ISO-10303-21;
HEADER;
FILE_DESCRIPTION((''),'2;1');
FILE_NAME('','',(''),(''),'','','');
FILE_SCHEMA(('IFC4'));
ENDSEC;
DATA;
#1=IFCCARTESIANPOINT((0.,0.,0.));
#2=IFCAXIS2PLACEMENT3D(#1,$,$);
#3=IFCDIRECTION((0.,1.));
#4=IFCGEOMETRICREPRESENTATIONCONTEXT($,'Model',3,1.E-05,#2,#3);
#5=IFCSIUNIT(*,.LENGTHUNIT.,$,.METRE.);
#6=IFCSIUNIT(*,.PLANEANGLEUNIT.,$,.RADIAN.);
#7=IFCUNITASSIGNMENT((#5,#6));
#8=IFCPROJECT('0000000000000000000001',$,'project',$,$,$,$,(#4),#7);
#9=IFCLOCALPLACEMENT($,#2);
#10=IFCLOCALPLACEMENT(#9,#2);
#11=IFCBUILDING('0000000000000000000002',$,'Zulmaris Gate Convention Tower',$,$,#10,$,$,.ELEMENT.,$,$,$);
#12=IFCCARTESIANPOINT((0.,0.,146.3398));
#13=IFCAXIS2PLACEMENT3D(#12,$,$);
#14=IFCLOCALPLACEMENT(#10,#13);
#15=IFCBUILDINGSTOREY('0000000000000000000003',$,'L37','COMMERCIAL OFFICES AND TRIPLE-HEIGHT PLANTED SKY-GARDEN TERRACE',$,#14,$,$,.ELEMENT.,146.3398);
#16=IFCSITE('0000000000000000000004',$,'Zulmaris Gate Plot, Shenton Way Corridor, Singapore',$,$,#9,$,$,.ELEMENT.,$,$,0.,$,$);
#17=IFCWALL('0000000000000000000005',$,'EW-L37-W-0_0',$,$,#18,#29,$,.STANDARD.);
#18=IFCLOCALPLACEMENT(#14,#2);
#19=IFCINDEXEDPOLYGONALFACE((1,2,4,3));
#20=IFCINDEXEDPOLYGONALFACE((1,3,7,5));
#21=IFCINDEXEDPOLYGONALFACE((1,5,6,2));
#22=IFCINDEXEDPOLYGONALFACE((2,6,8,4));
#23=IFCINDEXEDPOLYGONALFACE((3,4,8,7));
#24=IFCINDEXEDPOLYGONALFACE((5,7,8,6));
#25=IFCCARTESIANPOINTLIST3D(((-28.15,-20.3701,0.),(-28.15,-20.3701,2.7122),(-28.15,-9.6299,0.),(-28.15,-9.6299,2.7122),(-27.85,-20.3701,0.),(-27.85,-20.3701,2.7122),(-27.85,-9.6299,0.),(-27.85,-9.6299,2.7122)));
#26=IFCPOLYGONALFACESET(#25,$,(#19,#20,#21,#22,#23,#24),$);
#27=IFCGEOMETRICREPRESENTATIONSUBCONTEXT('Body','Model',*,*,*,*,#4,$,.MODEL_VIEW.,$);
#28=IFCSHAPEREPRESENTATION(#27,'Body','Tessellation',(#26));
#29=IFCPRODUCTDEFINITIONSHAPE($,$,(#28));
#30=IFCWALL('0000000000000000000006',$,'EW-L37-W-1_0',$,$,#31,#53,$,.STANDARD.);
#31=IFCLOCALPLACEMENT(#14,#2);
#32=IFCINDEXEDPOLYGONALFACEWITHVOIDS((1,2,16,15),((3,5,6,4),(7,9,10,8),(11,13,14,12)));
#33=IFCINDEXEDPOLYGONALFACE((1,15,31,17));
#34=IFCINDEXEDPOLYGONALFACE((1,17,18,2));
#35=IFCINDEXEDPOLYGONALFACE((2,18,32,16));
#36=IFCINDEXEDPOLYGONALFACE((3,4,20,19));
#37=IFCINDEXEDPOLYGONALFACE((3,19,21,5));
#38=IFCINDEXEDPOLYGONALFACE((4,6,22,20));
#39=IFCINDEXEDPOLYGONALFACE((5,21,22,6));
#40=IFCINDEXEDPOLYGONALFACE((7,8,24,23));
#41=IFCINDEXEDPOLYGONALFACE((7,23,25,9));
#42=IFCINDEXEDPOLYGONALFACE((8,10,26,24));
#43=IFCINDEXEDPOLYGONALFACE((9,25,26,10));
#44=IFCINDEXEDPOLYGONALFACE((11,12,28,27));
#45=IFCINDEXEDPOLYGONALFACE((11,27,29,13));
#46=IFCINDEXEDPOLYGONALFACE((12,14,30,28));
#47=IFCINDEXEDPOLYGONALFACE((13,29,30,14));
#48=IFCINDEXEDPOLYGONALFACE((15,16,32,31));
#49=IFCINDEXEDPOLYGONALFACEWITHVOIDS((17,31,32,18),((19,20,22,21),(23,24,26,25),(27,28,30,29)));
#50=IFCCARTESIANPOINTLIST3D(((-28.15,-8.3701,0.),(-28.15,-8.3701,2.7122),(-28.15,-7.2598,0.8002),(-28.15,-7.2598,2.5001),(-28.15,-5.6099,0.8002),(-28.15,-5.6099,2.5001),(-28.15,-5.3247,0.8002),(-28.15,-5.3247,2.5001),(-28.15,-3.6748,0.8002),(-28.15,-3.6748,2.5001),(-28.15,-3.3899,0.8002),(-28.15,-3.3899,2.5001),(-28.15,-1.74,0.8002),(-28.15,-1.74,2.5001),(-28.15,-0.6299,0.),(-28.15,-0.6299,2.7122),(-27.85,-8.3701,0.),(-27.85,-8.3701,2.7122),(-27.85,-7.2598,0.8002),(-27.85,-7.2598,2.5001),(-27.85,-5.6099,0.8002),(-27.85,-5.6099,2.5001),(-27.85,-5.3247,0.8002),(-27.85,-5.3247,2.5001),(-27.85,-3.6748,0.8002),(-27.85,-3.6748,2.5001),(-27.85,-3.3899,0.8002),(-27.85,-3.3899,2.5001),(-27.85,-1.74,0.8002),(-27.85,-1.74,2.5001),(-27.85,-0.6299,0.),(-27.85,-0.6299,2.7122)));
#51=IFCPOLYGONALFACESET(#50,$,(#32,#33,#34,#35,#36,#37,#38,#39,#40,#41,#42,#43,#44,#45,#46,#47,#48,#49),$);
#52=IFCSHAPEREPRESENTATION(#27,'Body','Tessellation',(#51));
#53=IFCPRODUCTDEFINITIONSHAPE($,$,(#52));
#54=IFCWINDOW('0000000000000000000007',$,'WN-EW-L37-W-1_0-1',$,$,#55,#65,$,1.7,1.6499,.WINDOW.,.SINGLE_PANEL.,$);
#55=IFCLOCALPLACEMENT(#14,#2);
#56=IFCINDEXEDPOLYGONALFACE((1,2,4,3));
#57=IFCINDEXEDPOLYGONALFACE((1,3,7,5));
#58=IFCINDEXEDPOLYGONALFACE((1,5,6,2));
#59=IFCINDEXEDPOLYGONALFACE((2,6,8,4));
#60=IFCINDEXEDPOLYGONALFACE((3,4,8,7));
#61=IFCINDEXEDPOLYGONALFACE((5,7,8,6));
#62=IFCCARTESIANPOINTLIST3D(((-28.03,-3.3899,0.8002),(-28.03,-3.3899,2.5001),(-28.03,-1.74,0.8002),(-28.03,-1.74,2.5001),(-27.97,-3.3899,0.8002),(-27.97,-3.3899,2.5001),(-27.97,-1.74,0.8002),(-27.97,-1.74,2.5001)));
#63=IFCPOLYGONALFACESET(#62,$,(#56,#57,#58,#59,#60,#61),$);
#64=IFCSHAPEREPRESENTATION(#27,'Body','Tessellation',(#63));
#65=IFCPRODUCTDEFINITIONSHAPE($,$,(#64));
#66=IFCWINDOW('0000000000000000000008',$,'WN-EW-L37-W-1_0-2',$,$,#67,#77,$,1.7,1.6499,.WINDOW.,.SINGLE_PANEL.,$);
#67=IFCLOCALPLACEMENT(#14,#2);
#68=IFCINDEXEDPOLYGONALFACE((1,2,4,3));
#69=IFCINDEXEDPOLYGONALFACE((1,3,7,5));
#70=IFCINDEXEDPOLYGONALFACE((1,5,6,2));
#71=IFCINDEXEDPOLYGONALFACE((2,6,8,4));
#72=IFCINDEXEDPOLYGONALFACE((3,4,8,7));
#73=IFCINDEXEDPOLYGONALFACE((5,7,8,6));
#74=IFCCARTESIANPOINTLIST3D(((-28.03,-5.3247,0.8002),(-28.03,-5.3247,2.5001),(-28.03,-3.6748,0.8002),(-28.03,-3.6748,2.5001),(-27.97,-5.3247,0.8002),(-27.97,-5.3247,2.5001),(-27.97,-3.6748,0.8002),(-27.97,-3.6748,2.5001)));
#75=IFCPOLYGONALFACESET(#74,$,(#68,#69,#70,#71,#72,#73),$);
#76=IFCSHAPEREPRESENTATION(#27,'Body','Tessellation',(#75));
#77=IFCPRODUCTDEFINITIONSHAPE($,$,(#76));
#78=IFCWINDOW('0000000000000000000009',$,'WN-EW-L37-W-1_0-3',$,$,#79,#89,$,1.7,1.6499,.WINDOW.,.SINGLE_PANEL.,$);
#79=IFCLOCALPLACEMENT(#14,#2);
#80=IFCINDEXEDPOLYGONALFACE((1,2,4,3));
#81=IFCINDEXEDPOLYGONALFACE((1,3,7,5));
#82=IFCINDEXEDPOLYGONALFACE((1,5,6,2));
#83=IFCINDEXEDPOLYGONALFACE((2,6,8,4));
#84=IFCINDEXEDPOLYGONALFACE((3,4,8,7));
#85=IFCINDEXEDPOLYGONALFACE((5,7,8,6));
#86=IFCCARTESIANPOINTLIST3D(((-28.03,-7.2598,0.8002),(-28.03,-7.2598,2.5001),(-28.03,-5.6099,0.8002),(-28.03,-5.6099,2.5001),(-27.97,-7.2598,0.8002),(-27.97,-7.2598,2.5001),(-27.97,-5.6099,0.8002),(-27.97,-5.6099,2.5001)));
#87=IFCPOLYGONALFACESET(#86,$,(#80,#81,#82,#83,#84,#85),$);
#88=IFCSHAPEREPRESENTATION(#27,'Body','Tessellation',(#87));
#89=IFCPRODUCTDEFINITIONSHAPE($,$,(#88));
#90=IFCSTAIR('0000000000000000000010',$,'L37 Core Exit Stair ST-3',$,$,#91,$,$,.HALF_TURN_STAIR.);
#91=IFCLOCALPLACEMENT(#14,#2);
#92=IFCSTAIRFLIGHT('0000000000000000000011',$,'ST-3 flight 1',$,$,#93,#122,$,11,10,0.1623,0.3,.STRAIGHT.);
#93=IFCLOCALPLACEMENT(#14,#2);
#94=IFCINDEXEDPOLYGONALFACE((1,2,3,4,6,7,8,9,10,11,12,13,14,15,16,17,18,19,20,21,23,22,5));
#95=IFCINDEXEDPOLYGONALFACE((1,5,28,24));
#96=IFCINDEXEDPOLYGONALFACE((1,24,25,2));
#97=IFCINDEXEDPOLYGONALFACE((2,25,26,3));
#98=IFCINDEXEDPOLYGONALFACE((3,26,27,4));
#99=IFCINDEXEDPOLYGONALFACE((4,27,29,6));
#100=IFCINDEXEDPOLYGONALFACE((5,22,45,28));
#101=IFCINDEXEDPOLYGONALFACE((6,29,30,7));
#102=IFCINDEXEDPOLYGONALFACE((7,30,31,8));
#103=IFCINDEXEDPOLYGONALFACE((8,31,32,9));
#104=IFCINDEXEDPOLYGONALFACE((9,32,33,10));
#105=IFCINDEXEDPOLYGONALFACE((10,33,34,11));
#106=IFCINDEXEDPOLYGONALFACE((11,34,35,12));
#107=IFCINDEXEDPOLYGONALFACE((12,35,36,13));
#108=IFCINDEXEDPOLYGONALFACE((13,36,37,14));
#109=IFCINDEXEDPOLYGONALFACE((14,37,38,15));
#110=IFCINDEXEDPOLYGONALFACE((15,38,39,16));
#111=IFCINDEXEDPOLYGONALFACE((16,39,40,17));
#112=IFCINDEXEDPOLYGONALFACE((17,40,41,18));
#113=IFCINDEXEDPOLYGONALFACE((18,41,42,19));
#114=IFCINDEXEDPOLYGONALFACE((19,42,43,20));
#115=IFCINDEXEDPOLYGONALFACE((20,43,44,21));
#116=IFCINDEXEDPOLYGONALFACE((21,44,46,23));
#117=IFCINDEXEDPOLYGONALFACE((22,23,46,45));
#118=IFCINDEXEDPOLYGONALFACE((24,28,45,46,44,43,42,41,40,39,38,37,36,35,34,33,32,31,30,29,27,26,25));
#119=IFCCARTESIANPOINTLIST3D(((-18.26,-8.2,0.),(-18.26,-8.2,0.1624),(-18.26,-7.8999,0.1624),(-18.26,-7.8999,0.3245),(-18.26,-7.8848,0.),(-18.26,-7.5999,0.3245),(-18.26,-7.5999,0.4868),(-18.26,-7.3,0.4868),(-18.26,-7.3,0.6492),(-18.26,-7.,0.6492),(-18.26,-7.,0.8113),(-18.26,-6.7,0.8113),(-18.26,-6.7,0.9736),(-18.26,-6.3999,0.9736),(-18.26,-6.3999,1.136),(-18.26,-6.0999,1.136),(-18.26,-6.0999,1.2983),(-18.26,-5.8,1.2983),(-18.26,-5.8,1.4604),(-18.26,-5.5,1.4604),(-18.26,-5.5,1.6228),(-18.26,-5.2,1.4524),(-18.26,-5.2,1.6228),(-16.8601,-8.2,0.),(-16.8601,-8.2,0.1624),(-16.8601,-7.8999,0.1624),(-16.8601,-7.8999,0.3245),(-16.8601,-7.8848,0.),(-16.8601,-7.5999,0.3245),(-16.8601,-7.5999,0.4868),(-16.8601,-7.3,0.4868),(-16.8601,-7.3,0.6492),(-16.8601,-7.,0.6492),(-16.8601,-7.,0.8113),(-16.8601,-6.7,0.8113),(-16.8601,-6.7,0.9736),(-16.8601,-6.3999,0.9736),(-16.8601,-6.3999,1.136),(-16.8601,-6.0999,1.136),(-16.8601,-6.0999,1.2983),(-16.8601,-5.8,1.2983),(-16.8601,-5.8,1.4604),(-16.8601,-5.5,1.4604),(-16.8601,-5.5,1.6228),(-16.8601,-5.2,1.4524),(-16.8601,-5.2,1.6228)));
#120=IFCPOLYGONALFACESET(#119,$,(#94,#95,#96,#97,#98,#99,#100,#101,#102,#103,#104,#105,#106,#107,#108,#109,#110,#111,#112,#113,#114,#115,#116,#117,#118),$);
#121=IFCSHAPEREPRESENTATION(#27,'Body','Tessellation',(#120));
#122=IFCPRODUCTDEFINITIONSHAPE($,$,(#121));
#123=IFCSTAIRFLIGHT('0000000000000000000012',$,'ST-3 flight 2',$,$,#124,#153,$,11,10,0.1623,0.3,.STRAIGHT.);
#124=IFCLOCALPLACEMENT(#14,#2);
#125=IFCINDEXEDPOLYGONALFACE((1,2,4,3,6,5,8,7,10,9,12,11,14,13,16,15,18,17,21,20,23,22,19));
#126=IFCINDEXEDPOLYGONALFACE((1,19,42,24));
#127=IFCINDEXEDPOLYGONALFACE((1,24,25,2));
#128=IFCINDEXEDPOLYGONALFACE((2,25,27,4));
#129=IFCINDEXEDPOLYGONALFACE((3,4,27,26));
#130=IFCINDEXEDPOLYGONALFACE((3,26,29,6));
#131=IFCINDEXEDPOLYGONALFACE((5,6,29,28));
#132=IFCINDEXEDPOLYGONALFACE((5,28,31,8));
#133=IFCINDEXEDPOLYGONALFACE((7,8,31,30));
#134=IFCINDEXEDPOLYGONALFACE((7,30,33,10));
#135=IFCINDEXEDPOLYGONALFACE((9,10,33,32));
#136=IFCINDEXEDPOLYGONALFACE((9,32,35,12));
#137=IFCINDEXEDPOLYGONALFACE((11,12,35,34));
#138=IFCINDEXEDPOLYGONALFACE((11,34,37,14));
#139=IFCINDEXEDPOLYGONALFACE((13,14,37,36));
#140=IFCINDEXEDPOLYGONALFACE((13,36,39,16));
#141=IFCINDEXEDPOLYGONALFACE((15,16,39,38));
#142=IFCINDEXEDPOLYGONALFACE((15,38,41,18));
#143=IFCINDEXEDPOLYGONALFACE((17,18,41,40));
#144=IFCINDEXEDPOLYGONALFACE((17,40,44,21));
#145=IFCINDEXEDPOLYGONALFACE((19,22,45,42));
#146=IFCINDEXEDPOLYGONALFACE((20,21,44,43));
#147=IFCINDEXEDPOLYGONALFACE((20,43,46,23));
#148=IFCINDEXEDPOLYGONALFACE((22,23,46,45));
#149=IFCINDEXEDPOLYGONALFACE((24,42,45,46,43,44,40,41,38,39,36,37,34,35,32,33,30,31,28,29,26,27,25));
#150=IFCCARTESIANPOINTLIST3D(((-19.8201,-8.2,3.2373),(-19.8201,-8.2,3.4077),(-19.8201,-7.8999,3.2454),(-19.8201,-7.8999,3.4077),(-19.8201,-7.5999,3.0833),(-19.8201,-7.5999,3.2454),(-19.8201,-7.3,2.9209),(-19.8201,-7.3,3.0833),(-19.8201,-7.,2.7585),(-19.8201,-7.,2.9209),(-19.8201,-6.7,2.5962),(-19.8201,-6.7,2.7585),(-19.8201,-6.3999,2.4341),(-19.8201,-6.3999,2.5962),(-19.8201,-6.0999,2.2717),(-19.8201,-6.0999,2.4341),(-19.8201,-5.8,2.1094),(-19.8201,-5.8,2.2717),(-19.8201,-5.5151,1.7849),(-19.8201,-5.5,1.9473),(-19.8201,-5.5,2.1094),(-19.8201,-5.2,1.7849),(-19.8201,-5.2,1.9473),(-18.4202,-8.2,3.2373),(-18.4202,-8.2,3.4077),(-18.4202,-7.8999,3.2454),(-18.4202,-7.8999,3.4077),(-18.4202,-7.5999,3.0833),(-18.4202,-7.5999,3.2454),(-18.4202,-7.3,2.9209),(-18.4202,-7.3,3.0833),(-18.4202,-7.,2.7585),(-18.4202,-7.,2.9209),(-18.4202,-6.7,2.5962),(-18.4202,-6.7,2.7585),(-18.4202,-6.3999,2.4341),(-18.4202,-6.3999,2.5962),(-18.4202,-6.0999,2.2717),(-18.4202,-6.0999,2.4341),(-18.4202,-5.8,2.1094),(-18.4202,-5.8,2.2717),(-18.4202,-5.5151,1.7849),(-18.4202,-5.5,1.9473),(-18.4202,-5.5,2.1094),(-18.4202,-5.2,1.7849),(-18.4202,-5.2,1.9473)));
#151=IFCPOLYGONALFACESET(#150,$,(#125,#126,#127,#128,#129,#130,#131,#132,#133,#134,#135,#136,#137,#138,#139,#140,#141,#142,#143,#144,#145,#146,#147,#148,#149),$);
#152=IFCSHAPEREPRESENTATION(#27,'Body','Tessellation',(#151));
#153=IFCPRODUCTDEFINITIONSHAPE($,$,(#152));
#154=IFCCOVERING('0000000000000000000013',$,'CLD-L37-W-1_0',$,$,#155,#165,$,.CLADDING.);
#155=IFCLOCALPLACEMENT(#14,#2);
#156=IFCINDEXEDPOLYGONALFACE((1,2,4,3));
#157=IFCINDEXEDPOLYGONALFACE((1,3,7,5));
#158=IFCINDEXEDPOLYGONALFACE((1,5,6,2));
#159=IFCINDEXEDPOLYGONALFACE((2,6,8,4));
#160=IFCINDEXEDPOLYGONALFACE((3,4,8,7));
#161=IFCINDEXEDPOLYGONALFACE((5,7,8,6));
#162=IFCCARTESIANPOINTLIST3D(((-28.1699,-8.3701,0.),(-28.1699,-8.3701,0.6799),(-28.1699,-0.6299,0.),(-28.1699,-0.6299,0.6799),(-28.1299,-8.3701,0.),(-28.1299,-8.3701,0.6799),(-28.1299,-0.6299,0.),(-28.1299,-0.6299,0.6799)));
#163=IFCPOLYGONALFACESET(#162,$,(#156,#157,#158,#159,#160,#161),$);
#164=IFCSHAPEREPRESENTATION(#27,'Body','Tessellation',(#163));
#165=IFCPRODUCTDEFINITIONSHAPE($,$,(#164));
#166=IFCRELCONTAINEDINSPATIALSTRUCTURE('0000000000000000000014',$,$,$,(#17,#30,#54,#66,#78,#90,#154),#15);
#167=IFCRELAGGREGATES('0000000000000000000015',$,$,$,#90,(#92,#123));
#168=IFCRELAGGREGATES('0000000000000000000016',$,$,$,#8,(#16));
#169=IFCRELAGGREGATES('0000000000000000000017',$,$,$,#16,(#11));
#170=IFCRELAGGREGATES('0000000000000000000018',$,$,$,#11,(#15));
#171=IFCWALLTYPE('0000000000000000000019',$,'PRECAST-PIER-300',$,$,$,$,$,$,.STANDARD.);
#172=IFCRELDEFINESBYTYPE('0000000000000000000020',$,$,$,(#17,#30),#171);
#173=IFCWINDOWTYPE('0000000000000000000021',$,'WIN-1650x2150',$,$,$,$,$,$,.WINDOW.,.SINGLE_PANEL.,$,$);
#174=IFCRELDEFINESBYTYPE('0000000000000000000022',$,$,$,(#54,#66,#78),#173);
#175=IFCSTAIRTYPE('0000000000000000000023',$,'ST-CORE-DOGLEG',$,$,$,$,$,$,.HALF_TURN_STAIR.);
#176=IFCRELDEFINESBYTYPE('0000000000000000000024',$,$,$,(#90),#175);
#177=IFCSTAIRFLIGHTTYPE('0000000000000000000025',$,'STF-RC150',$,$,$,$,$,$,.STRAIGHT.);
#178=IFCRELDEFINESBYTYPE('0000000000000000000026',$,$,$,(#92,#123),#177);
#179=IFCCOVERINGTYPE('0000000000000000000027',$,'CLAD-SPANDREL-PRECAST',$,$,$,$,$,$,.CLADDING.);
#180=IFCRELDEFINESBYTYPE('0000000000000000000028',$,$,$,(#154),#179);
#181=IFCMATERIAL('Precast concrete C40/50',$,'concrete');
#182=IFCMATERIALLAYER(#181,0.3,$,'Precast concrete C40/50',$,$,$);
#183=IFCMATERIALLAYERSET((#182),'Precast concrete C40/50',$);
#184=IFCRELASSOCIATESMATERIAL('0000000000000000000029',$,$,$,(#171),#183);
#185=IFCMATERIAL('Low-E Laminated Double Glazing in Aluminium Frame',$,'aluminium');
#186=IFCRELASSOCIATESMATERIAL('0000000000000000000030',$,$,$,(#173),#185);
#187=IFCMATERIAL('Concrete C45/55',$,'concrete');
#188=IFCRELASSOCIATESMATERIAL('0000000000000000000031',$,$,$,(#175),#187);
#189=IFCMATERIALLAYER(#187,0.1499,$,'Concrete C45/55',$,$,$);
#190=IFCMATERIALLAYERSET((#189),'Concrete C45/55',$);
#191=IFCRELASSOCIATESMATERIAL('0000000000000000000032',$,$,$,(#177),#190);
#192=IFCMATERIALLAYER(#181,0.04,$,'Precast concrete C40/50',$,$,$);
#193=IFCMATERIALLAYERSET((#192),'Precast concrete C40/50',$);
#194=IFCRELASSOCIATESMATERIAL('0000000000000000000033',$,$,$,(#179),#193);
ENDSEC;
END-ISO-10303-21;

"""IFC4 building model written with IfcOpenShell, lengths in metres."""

from ifc_helpers import new_model, si_unit, direction, frame, frame_2d, origin, place, context, subcontext, project, spatial, polyline, rectangle, outline, extrude, material, layer, layer_set, type_object, element, fill, aggregate, save


model = new_model("IFC4")

# Units and contexts
model_context = context("Model", 3, precision=1e-05, world=origin(), true_north=direction((0.0, 1.0)))
body_context = subcontext(model_context, "Body", "Model", "MODEL_VIEW")
ifc_project = project(units=[si_unit("LENGTHUNIT", "METRE"), si_unit("PLANEANGLEUNIT", "RADIAN")], contexts=[model_context])

# Site, building, storey
site_placement = place(None, origin())
site = spatial("IfcSite", under=ifc_project, at=site_placement, Name="Zulmaris Gate Plot, Shenton Way Corridor, Singapore", CompositionType="ELEMENT", RefElevation=0.0)
building_placement = place(site_placement, origin())
building = spatial("IfcBuilding", under=site, at=building_placement, Name="Zulmaris Gate Convention Tower", CompositionType="ELEMENT")
storey_placement = place(building_placement, frame((0.0, 0.0, 146.3398)))
storey = spatial("IfcBuildingStorey", under=building, at=storey_placement, Name="L37", Description="COMMERCIAL OFFICES AND TRIPLE-HEIGHT PLANTED SKY-GARDEN TERRACE", CompositionType="ELEMENT", Elevation=146.3398)

# Wall
ifc_material_1 = material(Name="Precast concrete C40/50", Category="concrete")
ifc_layer_1 = layer(ifc_material_1, 0.3, Name="Precast concrete C40/50")
ifc_layer_set_1 = layer_set([ifc_layer_1], Name="Precast concrete C40/50")
wall_type_1 = type_object("IfcWallType", Name="PRECAST-PIER-300", PredefinedType="STANDARD", material=ifc_layer_set_1)
wall_1_placement = place(storey_placement, frame((-28.0, -9.6299, 0.0), z_axis=(0.0, 0.0, 1.0), x_axis=(0.0, -1.0, 0.0)))
element("IfcWall", 1, at=wall_1_placement, inside=storey, type_object=wall_type_1, Name="EW-L37-W-0_0", PredefinedType="STANDARD", context=body_context, shape_type="SweptSolid", body=[
    extrude(rectangle(XDim=10.7402, YDim=0.3, at=frame_2d((5.3701, 0.0))), origin(), (0.0, 0.0, 1.0), 2.7122),
])

# Wall, openings, windows
wall_2_placement = place(storey_placement, frame((-28.0, -0.6299, 0.0), z_axis=(0.0, 0.0, 1.0), x_axis=(0.0, -1.0, 0.0)))
wall_2 = element("IfcWall", 2, at=wall_2_placement, inside=storey, type_object=wall_type_1, Name="EW-L37-W-1_0", PredefinedType="STANDARD", context=body_context, shape_type="SweptSolid", body=[
    extrude(rectangle(XDim=7.7402, YDim=0.3, at=frame_2d((3.8701, 0.0))), origin(), (0.0, 0.0, 1.0), 2.7122),
])
opening_1_placement = place(wall_2_placement, frame((1.1101, 0.0, 0.8)))
opening_1 = element("IfcOpeningElement", 3, at=opening_1_placement, cuts=wall_2, PredefinedType="OPENING", context=body_context, shape_type="SweptSolid", body=[
    extrude(rectangle(XDim=1.6499, YDim=1.7, at=frame_2d((0.825, 0.8501))), frame((0.0, 0.1602, 0.0), z_axis=(0.0, -1.0, 0.0), x_axis=(1.0, 0.0, 0.0)), (0.0, 0.0, 1.0), 0.3201),
])
opening_2_placement = place(wall_2_placement, frame((3.0449, 0.0, 0.8)))
opening_2 = element("IfcOpeningElement", 4, at=opening_2_placement, cuts=wall_2, PredefinedType="OPENING", context=body_context, shape_type="SweptSolid", body=[
    extrude(rectangle(XDim=1.6499, YDim=1.7, at=frame_2d((0.825, 0.8501))), frame((0.0, 0.1602, 0.0), z_axis=(0.0, -1.0, 0.0), x_axis=(1.0, 0.0, 0.0)), (0.0, 0.0, 1.0), 0.3201),
])
opening_3_placement = place(wall_2_placement, frame((4.98, 0.0, 0.8)))
opening_3 = element("IfcOpeningElement", 5, at=opening_3_placement, cuts=wall_2, PredefinedType="OPENING", context=body_context, shape_type="SweptSolid", body=[
    extrude(rectangle(XDim=1.6499, YDim=1.7, at=frame_2d((0.825, 0.8501))), frame((0.0, 0.1602, 0.0), z_axis=(0.0, -1.0, 0.0), x_axis=(1.0, 0.0, 0.0)), (0.0, 0.0, 1.0), 0.3201),
])
ifc_material_2 = material(Name="Low-E Laminated Double Glazing in Aluminium Frame", Category="aluminium")
window_type = type_object("IfcWindowType", Name="WIN-1650x2150", PartitioningType="SINGLE_PANEL", PredefinedType="WINDOW", material=ifc_material_2)
window_1_placement = place(opening_1_placement, origin())
window_1 = element("IfcWindow", 6, at=window_1_placement, inside=storey, type_object=window_type, Name="WN-EW-L37-W-1_0-1", OverallHeight=1.7, OverallWidth=1.6499, PartitioningType="SINGLE_PANEL", PredefinedType="WINDOW", context=body_context, shape_type="SweptSolid", body=[
    extrude(rectangle(XDim=1.6499, YDim=1.7, at=frame_2d((0.825, 0.8501))), frame((0.0, 0.03, 0.0), z_axis=(0.0, -1.0, 0.0), x_axis=(1.0, 0.0, 0.0)), (0.0, 0.0, 1.0), 0.0601),
])
fill(opening_1, window_1)
window_2_placement = place(opening_2_placement, origin())
window_2 = element("IfcWindow", 7, at=window_2_placement, inside=storey, type_object=window_type, Name="WN-EW-L37-W-1_0-2", OverallHeight=1.7, OverallWidth=1.6499, PartitioningType="SINGLE_PANEL", PredefinedType="WINDOW", context=body_context, shape_type="SweptSolid", body=[
    extrude(rectangle(XDim=1.6499, YDim=1.7, at=frame_2d((0.825, 0.8501))), frame((0.0, 0.03, 0.0), z_axis=(0.0, -1.0, 0.0), x_axis=(1.0, 0.0, 0.0)), (0.0, 0.0, 1.0), 0.0601),
])
fill(opening_2, window_2)
window_3_placement = place(opening_3_placement, origin())
window_3 = element("IfcWindow", 8, at=window_3_placement, inside=storey, type_object=window_type, Name="WN-EW-L37-W-1_0-3", OverallHeight=1.7, OverallWidth=1.6499, PartitioningType="SINGLE_PANEL", PredefinedType="WINDOW", context=body_context, shape_type="SweptSolid", body=[
    extrude(rectangle(XDim=1.6499, YDim=1.7, at=frame_2d((0.825, 0.8501))), frame((0.0, 0.03, 0.0), z_axis=(0.0, -1.0, 0.0), x_axis=(1.0, 0.0, 0.0)), (0.0, 0.0, 1.0), 0.0601),
])
fill(opening_3, window_3)

# Stair, stair flights
ifc_material_3 = material(Name="Concrete C45/55", Category="concrete")
stair_type = type_object("IfcStairType", Name="ST-CORE-DOGLEG", PredefinedType="HALF_TURN_STAIR", material=ifc_material_3)
stair_placement = place(storey_placement, origin())
stair = element("IfcStair", 9, at=stair_placement, inside=storey, type_object=stair_type, Name="L37 Core Exit Stair ST-3", PredefinedType="HALF_TURN_STAIR")
ifc_layer_2 = layer(ifc_material_3, 0.1499, Name="Concrete C45/55")
ifc_layer_set_2 = layer_set([ifc_layer_2], Name="Concrete C45/55")
stair_flight_type = type_object("IfcStairFlightType", Name="STF-RC150", PredefinedType="STRAIGHT", material=ifc_layer_set_2)
stair_flight_1_placement = place(storey_placement, frame((-17.5601, -8.2, 0.0), z_axis=(0.0, 0.0, 1.0), x_axis=(0.0, 1.0, 0.0)))
stair_flight_1 = element("IfcStairFlight", 10, at=stair_flight_1_placement, type_object=stair_flight_type, Name="ST-3 flight 1", NumberOfRisers=11, NumberOfTreads=10, PredefinedType="STRAIGHT", RiserHeight=0.1623, TreadLength=0.3, context=body_context, shape_type="SweptSolid", body=[
    extrude(outline(polyline([(0.0, 0.0), (0.0, 0.1624), (0.3, 0.1624), (0.3, 0.3245), (0.6001, 0.3245), (0.6001, 0.4868), (0.8999, 0.4868), (0.8999, 0.6492), (1.2, 0.6492), (1.2, 0.8113), (1.5, 0.8113), (1.5, 0.9736), (1.8, 0.9736), (1.8, 1.136), (2.1001, 1.136), (2.1001, 1.2983), (2.3999, 1.2983), (2.3999, 1.4604), (2.7, 1.4604), (2.7, 1.6228), (3.0, 1.6228), (3.0, 1.7852), (3.0, 1.4524), (0.3152, 0.0), (0.0, 0.0)])), frame((0.0, 0.7, 0.0), z_axis=(0.0, -1.0, 0.0), x_axis=(1.0, 0.0, 0.0)), (0.0, 0.0, 1.0), 1.3999),
])
stair_flight_2_placement = place(storey_placement, frame((-19.1201, -5.2, 1.7849), z_axis=(0.0, 0.0, 1.0), x_axis=(0.0, -1.0, 0.0)))
stair_flight_2 = element("IfcStairFlight", 11, at=stair_flight_2_placement, type_object=stair_flight_type, Name="ST-3 flight 2", NumberOfRisers=11, NumberOfTreads=10, PredefinedType="STRAIGHT", RiserHeight=0.1623, TreadLength=0.3, context=body_context, shape_type="SweptSolid", body=[
    extrude(outline(polyline([(0.0, 0.0), (0.0, 0.1624), (0.3, 0.1624), (0.3, 0.3245), (0.6001, 0.3245), (0.6001, 0.4868), (0.8999, 0.4868), (0.8999, 0.6492), (1.2, 0.6492), (1.2, 0.8113), (1.5, 0.8113), (1.5, 0.9736), (1.8, 0.9736), (1.8, 1.136), (2.1001, 1.136), (2.1001, 1.2983), (2.3999, 1.2983), (2.3999, 1.4604), (2.7, 1.4604), (2.7, 1.6228), (3.0, 1.6228), (3.0, 1.7852), (3.0, 1.4524), (0.3152, 0.0), (0.0, 0.0)])), frame((0.0, 0.7, 0.0), z_axis=(0.0, -1.0, 0.0), x_axis=(1.0, 0.0, 0.0)), (0.0, 0.0, 1.0), 1.3999),
])
aggregate(stair, [stair_flight_1, stair_flight_2])

# Covering
ifc_layer_3 = layer(ifc_material_1, 0.04, Name="Precast concrete C40/50")
ifc_layer_set_3 = layer_set([ifc_layer_3], Name="Precast concrete C40/50")
covering_type = type_object("IfcCoveringType", Name="CLAD-SPANDREL-PRECAST", PredefinedType="CLADDING", material=ifc_layer_set_3)
covering_placement = place(storey_placement, frame((-28.1499, -0.6299, 0.0), z_axis=(0.0, 0.0, 1.0), x_axis=(0.0, -1.0, 0.0)))
element("IfcCovering", 12, at=covering_placement, inside=storey, type_object=covering_type, Name="CLD-L37-W-1_0", PredefinedType="CLADDING", context=body_context, shape_type="SweptSolid", body=[
    extrude(rectangle(XDim=7.7402, YDim=0.04, at=frame_2d((3.8701, 0.0))), origin(), (0.0, 0.0, 1.0), 0.6799),
])

save(model, "model.ifc")
